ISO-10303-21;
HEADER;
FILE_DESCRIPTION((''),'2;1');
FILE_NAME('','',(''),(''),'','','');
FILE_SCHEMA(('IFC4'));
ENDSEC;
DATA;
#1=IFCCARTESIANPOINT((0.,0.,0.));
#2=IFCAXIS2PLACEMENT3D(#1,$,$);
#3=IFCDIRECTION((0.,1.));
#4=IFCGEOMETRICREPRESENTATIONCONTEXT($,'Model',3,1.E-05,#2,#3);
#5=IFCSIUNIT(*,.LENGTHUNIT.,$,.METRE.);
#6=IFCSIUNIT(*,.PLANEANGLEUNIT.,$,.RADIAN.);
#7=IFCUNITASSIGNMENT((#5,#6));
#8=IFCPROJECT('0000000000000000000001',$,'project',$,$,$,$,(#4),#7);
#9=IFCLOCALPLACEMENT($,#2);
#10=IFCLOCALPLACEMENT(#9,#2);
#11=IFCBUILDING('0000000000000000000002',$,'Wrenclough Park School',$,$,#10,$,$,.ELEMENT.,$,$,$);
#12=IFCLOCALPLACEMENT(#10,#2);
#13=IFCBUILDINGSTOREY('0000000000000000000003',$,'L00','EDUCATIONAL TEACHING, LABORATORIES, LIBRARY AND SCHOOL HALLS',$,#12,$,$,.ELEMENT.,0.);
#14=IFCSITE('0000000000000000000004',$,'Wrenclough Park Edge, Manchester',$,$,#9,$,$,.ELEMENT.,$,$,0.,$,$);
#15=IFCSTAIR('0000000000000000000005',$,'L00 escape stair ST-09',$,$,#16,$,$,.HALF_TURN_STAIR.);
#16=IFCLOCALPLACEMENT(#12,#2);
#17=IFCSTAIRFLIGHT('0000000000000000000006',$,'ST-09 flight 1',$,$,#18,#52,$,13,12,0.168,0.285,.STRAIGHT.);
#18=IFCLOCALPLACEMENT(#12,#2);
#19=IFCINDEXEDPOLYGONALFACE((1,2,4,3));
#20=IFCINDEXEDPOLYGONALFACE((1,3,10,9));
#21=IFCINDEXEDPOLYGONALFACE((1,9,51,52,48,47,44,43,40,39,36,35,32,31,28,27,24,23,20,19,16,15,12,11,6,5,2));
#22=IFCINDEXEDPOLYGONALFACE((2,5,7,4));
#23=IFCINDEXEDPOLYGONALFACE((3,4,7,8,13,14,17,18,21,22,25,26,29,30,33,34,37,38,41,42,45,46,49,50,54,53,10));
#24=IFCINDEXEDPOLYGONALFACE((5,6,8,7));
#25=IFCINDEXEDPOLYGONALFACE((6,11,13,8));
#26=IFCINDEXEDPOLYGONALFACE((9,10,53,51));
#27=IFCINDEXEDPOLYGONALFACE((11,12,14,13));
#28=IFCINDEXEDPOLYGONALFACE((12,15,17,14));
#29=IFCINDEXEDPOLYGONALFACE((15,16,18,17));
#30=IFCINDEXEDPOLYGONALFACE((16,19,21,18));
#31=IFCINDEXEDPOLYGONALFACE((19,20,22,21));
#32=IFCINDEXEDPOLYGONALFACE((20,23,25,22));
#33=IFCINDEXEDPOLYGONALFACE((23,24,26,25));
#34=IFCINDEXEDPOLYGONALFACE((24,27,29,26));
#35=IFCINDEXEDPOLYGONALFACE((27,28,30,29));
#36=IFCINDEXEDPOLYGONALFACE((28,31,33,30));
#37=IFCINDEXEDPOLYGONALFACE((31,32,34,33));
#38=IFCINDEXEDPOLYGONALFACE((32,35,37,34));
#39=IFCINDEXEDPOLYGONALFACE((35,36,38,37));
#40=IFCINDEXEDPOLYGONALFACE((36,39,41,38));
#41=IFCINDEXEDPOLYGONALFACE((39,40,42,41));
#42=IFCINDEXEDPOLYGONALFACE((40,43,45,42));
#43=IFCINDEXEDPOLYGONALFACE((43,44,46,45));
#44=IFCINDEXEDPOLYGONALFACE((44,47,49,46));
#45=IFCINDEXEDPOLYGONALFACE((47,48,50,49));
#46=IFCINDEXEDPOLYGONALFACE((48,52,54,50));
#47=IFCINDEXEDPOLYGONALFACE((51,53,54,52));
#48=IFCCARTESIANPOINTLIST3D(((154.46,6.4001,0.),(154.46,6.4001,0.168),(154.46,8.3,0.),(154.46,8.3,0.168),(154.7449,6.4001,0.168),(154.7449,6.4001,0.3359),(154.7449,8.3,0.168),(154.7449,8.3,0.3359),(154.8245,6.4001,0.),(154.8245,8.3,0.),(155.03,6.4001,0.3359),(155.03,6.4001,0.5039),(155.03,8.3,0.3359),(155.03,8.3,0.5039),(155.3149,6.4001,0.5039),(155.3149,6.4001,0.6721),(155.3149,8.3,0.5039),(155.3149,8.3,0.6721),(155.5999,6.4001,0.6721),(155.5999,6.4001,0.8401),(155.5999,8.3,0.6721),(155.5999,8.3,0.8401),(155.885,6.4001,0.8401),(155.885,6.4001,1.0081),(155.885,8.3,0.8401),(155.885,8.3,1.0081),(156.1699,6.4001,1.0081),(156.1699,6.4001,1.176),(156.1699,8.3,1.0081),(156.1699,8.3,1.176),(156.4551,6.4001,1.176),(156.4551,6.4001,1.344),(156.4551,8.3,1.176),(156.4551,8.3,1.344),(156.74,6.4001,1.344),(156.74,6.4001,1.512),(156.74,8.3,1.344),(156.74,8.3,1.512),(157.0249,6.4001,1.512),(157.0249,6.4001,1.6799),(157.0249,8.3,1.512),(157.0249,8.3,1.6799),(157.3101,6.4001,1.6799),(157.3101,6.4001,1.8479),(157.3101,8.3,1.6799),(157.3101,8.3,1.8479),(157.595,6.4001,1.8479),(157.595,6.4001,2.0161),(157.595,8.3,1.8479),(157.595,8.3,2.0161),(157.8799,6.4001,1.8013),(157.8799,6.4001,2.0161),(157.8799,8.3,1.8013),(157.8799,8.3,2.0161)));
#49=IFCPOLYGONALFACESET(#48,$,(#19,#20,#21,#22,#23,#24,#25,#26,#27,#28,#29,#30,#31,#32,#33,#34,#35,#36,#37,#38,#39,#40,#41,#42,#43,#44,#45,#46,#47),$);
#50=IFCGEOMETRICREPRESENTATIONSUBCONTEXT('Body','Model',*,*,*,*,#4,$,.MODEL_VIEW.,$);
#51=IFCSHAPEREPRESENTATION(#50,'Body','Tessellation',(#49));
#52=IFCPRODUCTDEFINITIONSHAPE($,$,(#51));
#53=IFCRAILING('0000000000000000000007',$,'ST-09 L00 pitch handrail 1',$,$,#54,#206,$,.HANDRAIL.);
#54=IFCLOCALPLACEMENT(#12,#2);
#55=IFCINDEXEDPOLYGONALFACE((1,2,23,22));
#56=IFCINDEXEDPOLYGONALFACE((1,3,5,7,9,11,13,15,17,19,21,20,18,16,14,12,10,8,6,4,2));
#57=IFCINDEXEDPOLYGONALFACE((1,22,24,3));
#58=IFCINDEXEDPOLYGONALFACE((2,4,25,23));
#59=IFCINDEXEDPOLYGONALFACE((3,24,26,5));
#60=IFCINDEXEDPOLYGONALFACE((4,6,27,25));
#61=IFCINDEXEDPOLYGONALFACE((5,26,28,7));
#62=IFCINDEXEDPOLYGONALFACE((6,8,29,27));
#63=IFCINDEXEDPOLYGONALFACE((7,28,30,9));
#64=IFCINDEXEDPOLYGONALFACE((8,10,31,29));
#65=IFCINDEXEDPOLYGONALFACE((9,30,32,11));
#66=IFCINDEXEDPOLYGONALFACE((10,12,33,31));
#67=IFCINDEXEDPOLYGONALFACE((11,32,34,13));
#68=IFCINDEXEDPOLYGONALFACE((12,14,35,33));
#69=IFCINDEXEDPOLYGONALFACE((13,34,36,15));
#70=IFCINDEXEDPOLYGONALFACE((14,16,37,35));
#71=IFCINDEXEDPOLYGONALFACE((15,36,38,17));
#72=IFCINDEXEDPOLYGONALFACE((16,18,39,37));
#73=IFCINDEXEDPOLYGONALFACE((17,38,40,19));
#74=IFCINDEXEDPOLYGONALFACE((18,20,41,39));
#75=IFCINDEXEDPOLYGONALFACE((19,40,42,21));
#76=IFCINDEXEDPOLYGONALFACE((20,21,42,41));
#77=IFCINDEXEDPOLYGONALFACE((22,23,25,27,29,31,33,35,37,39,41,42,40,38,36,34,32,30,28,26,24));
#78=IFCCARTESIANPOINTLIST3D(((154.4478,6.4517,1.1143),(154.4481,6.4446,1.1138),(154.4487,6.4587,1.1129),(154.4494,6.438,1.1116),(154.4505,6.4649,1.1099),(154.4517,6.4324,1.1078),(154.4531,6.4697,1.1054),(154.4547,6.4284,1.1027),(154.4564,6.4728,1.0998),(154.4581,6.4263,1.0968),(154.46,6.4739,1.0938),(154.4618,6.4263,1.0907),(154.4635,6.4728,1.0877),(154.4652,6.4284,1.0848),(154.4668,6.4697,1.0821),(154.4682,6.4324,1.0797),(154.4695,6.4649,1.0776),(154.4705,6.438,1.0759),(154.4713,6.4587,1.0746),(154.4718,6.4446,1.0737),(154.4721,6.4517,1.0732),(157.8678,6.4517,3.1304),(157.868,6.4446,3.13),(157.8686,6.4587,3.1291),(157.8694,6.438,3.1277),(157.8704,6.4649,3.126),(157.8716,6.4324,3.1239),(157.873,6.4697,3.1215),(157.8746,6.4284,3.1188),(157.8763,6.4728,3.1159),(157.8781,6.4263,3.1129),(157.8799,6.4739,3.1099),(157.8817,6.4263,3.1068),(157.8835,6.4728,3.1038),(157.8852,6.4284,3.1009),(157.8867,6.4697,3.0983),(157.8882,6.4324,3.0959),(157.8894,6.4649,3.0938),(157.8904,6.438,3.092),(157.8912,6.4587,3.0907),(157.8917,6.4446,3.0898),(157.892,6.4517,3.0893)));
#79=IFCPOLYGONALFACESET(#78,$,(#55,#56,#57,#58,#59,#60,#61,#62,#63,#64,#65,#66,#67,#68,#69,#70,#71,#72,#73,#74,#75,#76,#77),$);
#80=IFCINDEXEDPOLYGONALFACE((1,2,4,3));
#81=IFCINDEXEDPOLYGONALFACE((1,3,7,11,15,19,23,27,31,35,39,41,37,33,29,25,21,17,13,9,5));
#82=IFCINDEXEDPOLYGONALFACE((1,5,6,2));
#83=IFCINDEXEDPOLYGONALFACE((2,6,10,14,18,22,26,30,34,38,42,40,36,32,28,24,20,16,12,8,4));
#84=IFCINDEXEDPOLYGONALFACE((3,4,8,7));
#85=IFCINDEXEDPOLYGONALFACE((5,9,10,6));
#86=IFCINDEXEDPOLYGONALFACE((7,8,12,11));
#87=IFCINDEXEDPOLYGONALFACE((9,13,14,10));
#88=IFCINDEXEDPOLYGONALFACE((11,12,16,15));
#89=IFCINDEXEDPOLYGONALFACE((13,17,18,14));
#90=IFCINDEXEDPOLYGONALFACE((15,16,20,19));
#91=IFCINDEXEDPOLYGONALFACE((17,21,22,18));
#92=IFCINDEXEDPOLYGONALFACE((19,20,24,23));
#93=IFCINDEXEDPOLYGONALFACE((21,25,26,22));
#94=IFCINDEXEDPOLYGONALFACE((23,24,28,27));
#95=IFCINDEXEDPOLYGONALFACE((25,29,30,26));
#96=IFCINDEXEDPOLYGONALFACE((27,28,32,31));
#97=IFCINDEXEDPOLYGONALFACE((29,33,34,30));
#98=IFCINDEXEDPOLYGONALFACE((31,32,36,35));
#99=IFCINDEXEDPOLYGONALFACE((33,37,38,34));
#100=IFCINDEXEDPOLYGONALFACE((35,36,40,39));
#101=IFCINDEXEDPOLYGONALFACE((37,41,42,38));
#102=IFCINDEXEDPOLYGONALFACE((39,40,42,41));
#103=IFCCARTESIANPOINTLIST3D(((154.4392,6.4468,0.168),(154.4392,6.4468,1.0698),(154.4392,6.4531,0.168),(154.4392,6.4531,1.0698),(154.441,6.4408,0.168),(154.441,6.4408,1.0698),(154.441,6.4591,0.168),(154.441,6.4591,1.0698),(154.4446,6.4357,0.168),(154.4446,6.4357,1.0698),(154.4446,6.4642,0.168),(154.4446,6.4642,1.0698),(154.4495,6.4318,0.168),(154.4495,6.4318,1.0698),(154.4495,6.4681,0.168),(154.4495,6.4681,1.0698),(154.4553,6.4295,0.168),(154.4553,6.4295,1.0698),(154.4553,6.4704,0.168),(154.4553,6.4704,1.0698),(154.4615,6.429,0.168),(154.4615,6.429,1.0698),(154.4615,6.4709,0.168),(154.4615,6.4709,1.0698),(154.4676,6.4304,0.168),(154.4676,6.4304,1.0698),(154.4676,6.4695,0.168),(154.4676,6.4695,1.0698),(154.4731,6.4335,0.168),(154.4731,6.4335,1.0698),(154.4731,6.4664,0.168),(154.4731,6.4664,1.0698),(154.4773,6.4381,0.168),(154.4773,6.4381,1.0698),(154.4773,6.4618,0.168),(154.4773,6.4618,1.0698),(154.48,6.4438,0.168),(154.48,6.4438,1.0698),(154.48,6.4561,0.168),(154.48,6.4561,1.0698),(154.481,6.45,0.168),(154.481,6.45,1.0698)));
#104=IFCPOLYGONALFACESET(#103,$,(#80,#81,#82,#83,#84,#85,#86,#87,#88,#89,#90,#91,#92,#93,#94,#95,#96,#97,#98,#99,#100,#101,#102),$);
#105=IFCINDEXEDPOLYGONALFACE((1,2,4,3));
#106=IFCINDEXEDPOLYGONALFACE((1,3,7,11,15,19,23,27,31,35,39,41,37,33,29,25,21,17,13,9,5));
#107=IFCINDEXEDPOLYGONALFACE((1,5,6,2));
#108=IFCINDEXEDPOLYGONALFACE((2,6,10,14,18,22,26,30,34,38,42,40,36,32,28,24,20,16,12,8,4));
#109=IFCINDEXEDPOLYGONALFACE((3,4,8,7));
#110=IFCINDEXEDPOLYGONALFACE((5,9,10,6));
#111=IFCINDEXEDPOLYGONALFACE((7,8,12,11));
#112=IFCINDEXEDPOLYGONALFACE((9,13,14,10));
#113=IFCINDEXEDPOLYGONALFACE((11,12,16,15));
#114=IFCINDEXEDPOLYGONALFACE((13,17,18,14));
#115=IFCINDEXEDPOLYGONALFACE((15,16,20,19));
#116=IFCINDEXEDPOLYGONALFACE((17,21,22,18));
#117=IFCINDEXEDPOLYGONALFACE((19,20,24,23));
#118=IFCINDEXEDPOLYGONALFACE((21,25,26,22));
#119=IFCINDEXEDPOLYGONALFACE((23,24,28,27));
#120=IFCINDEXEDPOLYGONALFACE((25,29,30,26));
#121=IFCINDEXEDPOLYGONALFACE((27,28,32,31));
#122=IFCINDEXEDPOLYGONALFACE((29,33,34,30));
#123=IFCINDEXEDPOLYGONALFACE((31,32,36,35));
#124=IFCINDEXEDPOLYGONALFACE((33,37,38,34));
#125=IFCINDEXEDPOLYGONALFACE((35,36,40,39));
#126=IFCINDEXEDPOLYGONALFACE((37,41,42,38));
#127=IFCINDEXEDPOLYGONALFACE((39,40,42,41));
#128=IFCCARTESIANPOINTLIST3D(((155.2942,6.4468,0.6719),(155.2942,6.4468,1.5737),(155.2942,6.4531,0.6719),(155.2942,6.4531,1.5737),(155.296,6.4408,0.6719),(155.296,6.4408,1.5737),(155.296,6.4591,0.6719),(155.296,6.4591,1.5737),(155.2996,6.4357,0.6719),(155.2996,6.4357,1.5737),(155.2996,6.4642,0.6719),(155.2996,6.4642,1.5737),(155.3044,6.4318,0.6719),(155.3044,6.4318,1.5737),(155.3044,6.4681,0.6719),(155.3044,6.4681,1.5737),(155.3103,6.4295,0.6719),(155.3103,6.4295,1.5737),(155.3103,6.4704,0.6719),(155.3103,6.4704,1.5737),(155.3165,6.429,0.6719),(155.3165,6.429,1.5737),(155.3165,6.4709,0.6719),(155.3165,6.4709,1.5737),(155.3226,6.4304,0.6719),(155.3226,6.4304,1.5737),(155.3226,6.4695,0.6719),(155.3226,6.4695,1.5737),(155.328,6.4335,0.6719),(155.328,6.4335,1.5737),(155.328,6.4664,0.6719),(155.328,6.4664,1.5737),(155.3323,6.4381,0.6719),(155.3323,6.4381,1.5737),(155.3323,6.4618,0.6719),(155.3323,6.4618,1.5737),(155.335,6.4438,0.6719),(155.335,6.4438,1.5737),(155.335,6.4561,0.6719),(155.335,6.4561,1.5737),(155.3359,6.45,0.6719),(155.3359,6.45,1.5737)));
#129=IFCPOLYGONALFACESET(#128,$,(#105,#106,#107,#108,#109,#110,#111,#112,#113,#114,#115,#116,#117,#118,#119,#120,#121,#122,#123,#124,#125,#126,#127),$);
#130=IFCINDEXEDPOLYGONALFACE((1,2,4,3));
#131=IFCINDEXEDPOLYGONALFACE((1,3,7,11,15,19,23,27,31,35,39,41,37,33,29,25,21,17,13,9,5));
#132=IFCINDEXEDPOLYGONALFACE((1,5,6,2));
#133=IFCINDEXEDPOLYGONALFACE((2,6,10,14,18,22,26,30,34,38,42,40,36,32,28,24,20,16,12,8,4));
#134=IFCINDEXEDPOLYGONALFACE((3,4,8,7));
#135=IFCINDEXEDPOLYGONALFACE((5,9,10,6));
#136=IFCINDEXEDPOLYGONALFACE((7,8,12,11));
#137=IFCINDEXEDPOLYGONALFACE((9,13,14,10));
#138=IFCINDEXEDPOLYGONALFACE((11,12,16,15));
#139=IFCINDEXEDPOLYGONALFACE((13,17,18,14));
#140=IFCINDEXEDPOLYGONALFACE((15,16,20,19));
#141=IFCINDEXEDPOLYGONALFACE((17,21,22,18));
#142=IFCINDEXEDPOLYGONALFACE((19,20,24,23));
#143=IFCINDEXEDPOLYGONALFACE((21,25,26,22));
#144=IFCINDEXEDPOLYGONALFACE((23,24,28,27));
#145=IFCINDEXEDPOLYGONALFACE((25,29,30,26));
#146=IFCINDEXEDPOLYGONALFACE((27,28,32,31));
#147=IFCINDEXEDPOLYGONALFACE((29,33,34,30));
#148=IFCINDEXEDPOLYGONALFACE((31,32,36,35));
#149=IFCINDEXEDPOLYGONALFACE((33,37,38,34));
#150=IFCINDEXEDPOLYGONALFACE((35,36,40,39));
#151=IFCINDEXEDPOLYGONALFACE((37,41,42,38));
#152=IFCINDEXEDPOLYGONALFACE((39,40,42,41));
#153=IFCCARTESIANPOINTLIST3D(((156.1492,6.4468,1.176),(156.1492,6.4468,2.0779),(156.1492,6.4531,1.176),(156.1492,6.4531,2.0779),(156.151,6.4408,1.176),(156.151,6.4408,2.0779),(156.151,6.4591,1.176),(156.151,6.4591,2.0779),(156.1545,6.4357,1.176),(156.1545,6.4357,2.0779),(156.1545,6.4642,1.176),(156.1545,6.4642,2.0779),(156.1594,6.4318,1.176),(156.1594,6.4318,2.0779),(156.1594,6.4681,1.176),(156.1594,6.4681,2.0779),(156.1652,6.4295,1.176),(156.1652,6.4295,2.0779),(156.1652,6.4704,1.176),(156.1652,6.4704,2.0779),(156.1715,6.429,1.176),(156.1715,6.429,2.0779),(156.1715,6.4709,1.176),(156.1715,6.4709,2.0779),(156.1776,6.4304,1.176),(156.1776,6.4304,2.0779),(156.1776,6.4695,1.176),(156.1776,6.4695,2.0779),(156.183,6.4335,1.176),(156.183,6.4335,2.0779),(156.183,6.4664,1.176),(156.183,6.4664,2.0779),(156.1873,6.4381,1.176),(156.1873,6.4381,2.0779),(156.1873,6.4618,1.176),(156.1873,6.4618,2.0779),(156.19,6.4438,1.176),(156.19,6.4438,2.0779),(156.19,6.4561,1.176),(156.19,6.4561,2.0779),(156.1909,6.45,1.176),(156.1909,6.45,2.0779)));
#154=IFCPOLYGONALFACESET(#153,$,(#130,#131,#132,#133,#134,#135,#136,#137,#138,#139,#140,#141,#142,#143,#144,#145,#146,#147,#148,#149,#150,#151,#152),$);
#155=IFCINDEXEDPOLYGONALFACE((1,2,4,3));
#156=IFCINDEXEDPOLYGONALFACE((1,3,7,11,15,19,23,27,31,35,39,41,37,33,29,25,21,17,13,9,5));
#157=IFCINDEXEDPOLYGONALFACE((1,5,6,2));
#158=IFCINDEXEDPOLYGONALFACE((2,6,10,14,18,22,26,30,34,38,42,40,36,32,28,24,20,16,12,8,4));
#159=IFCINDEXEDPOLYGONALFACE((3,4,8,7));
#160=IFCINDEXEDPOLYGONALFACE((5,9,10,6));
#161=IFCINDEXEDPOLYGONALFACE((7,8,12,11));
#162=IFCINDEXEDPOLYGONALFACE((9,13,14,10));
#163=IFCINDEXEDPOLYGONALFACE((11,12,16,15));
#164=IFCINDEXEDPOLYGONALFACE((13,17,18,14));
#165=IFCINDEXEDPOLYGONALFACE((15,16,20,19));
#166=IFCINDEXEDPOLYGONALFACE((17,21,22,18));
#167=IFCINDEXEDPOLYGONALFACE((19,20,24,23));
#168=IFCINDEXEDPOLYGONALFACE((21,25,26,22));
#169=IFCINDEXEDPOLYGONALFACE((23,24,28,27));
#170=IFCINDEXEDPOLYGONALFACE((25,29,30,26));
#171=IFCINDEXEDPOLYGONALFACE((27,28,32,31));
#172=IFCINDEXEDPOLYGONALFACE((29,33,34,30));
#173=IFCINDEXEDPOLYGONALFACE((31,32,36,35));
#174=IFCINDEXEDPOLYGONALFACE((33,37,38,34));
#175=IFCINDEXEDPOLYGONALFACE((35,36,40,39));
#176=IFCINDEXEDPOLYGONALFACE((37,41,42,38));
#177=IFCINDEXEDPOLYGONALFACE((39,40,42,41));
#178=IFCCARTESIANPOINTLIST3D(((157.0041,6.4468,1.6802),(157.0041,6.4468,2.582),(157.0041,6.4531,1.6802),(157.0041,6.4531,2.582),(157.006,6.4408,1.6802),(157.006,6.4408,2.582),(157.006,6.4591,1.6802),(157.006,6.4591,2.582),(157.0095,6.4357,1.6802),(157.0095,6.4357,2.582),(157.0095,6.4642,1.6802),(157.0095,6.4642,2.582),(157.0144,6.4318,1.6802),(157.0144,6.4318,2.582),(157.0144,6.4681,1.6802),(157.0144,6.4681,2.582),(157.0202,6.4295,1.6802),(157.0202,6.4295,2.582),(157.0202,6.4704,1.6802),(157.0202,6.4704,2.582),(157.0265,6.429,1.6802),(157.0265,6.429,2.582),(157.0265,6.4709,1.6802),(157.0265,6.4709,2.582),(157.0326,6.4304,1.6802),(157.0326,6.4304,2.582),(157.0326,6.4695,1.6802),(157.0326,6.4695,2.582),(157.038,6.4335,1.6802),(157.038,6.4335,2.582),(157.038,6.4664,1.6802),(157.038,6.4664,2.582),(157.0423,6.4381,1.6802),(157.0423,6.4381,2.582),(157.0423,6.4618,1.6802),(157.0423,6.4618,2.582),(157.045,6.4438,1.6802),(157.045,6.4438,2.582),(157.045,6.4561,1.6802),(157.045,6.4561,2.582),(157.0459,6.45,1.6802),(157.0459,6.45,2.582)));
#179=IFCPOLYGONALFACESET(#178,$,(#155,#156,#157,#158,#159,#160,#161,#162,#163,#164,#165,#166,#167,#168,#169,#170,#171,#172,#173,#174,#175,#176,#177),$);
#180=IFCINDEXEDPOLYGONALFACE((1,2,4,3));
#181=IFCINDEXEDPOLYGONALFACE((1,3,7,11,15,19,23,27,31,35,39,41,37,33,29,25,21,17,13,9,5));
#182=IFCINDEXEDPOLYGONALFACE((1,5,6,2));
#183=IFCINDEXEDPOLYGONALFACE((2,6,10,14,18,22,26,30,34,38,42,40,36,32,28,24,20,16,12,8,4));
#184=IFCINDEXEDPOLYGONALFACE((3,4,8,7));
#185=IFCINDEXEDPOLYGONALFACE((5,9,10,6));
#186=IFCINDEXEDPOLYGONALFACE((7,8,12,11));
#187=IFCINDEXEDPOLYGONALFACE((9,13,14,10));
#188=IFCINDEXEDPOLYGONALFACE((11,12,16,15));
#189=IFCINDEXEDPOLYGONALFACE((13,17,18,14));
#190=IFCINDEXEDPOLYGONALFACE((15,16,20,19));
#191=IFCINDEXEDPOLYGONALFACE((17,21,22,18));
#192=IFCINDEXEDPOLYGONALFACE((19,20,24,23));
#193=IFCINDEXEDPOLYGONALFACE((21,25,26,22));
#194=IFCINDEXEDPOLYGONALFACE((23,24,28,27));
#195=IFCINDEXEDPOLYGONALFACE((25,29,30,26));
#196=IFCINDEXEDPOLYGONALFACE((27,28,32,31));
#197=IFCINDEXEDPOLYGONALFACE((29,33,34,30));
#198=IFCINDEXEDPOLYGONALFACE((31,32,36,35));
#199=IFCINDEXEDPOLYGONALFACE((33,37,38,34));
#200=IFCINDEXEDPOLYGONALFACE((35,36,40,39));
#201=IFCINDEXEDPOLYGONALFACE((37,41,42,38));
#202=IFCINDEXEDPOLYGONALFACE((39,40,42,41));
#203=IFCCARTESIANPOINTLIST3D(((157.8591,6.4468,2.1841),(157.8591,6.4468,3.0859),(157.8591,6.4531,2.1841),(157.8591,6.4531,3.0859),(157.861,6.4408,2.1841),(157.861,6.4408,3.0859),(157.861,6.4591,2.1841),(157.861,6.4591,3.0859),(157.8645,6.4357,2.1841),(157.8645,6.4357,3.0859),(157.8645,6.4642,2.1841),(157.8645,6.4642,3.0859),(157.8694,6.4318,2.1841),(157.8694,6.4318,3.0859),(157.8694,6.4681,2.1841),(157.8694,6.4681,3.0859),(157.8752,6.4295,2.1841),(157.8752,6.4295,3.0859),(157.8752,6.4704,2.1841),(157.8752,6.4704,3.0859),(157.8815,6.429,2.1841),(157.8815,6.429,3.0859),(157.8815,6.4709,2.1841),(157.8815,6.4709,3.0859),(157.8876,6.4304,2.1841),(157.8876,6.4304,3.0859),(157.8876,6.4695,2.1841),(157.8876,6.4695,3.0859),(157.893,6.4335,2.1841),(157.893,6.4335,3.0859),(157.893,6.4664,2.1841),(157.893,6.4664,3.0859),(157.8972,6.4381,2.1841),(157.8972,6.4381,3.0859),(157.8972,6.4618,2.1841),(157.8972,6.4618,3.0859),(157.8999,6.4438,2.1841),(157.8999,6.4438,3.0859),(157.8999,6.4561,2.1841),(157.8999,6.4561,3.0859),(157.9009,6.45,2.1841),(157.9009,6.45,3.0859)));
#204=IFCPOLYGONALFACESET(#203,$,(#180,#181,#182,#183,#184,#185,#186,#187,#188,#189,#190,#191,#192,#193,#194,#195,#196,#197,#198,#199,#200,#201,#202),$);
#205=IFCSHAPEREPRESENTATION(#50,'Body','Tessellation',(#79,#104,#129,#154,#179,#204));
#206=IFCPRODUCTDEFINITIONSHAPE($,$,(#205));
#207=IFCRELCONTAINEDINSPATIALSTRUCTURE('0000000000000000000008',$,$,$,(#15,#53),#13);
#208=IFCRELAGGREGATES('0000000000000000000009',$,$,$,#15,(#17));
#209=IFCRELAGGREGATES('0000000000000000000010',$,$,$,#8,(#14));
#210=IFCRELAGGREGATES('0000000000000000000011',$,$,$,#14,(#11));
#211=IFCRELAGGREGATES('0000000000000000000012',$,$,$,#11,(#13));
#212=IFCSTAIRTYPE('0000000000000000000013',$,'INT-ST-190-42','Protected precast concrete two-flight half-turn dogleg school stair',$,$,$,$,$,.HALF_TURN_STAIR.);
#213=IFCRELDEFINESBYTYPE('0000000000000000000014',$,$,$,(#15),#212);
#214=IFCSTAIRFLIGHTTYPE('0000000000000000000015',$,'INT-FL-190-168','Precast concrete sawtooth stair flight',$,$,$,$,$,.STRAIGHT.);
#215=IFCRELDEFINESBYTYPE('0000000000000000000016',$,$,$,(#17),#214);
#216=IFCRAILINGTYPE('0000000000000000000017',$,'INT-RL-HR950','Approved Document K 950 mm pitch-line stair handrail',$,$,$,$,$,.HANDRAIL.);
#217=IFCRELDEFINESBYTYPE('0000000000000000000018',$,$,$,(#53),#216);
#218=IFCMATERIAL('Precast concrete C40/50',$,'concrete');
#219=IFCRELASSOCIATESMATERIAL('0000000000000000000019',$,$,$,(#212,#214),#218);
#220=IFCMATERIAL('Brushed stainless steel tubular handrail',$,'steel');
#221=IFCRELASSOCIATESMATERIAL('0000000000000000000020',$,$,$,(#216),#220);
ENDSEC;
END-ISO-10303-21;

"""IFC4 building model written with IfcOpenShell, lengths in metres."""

from ifc_helpers import new_model, si_unit, direction, frame, origin, origin_2d, place, context, subcontext, project, spatial, polyline, circle, outline, extrude, material, type_object, element, aggregate, save


model = new_model("IFC4")

# Units and contexts
model_context = context("Model", 3, precision=1e-05, world=origin(), true_north=direction((0.0, 1.0)))
body_context = subcontext(model_context, "Body", "Model", "MODEL_VIEW")
ifc_project = project(units=[si_unit("LENGTHUNIT", "METRE"), si_unit("PLANEANGLEUNIT", "RADIAN")], contexts=[model_context])

# Site, building, storey
site_placement = place(None, origin())
site = spatial("IfcSite", under=ifc_project, at=site_placement, Name="Wrenclough Park Edge, Manchester", CompositionType="ELEMENT", RefElevation=0.0)
building_placement = place(site_placement, origin())
building = spatial("IfcBuilding", under=site, at=building_placement, Name="Wrenclough Park School", CompositionType="ELEMENT")
storey_placement = place(building_placement, origin())
storey = spatial("IfcBuildingStorey", under=building, at=storey_placement, Name="L00", Description="EDUCATIONAL TEACHING, LABORATORIES, LIBRARY AND SCHOOL HALLS", CompositionType="ELEMENT", Elevation=0.0)

# Stair, stair flight
ifc_material_1 = material(Name="Precast concrete C40/50", Category="concrete")
stair_type = type_object("IfcStairType", Name="INT-ST-190-42", Description="Protected precast concrete two-flight half-turn dogleg school stair", PredefinedType="HALF_TURN_STAIR", material=ifc_material_1)
stair_placement = place(storey_placement, origin())
stair = element("IfcStair", 1, at=stair_placement, inside=storey, type_object=stair_type, Name="L00 escape stair ST-09", PredefinedType="HALF_TURN_STAIR")
stair_flight_type = type_object("IfcStairFlightType", Name="INT-FL-190-168", Description="Precast concrete sawtooth stair flight", PredefinedType="STRAIGHT", material=ifc_material_1)
stair_flight_placement = place(storey_placement, frame((154.46, 7.3501, 0.0), z_axis=(0.0, 0.0, 1.0), x_axis=(1.0, 0.0, 0.0)))
stair_flight = element("IfcStairFlight", 2, at=stair_flight_placement, type_object=stair_flight_type, Name="ST-09 flight 1", NumberOfRisers=13, NumberOfTreads=12, PredefinedType="STRAIGHT", RiserHeight=0.168, TreadLength=0.285, context=body_context, shape_type="SweptSolid", body=[
    extrude(outline(polyline([(0.0, 0.0), (0.0, 0.168), (0.2849, 0.168), (0.2849, 0.3359), (0.5701, 0.3359), (0.5701, 0.5039), (0.855, 0.5039), (0.855, 0.6721), (1.1399, 0.6721), (1.1399, 0.8401), (1.425, 0.8401), (1.425, 1.0081), (1.71, 1.0081), (1.71, 1.176), (1.9951, 1.176), (1.9951, 1.344), (2.28, 1.344), (2.28, 1.512), (2.5649, 1.512), (2.5649, 1.6799), (2.8501, 1.6799), (2.8501, 1.8479), (3.135, 1.8479), (3.135, 2.0161), (3.4199, 2.0161), (3.4199, 2.1841), (3.4199, 1.8013), (0.3645, 0.0), (0.0, 0.0)])), frame((0.0, 0.95, 0.0), z_axis=(0.0, -1.0, 0.0), x_axis=(1.0, 0.0, 0.0)), (0.0, 0.0, 1.0), 1.8999),
])
aggregate(stair, [stair_flight])

# Railing
ifc_material_2 = material(Name="Brushed stainless steel tubular handrail", Category="steel")
railing_type = type_object("IfcRailingType", Name="INT-RL-HR950", Description="Approved Document K 950 mm pitch-line stair handrail", PredefinedType="HANDRAIL", material=ifc_material_2)
railing_placement = place(storey_placement, frame((154.46, 6.45, 0.168)))
element("IfcRailing", 3, at=railing_placement, inside=storey, type_object=railing_type, Name="ST-09 L00 pitch handrail 1", PredefinedType="HANDRAIL", context=body_context, shape_type="SweptSolid", body=[
    extrude(circle(Radius=0.0239, at=origin_2d()), frame((0.0, 0.0, 0.9258), z_axis=(0.86145, 0.0, 0.507842), x_axis=(0.0, 1.0, 0.0)), (0.0, 0.0, 1.0), 3.97),
    extrude(circle(Radius=0.021, at=origin_2d()), origin(), (0.0, 0.0, 1.0), 0.9019),
    extrude(circle(Radius=0.021, at=origin_2d()), frame((0.855, 0.0, 0.5039)), (0.0, 0.0, 1.0), 0.9019),
    extrude(circle(Radius=0.021, at=origin_2d()), frame((1.71, 0.0, 1.0081)), (0.0, 0.0, 1.0), 0.9019),
    extrude(circle(Radius=0.021, at=origin_2d()), frame((2.5649, 0.0, 1.5122)), (0.0, 0.0, 1.0), 0.9019),
    extrude(circle(Radius=0.021, at=origin_2d()), frame((3.4199, 0.0, 2.0161)), (0.0, 0.0, 1.0), 0.9019),
])

save(model, "model.ifc")
